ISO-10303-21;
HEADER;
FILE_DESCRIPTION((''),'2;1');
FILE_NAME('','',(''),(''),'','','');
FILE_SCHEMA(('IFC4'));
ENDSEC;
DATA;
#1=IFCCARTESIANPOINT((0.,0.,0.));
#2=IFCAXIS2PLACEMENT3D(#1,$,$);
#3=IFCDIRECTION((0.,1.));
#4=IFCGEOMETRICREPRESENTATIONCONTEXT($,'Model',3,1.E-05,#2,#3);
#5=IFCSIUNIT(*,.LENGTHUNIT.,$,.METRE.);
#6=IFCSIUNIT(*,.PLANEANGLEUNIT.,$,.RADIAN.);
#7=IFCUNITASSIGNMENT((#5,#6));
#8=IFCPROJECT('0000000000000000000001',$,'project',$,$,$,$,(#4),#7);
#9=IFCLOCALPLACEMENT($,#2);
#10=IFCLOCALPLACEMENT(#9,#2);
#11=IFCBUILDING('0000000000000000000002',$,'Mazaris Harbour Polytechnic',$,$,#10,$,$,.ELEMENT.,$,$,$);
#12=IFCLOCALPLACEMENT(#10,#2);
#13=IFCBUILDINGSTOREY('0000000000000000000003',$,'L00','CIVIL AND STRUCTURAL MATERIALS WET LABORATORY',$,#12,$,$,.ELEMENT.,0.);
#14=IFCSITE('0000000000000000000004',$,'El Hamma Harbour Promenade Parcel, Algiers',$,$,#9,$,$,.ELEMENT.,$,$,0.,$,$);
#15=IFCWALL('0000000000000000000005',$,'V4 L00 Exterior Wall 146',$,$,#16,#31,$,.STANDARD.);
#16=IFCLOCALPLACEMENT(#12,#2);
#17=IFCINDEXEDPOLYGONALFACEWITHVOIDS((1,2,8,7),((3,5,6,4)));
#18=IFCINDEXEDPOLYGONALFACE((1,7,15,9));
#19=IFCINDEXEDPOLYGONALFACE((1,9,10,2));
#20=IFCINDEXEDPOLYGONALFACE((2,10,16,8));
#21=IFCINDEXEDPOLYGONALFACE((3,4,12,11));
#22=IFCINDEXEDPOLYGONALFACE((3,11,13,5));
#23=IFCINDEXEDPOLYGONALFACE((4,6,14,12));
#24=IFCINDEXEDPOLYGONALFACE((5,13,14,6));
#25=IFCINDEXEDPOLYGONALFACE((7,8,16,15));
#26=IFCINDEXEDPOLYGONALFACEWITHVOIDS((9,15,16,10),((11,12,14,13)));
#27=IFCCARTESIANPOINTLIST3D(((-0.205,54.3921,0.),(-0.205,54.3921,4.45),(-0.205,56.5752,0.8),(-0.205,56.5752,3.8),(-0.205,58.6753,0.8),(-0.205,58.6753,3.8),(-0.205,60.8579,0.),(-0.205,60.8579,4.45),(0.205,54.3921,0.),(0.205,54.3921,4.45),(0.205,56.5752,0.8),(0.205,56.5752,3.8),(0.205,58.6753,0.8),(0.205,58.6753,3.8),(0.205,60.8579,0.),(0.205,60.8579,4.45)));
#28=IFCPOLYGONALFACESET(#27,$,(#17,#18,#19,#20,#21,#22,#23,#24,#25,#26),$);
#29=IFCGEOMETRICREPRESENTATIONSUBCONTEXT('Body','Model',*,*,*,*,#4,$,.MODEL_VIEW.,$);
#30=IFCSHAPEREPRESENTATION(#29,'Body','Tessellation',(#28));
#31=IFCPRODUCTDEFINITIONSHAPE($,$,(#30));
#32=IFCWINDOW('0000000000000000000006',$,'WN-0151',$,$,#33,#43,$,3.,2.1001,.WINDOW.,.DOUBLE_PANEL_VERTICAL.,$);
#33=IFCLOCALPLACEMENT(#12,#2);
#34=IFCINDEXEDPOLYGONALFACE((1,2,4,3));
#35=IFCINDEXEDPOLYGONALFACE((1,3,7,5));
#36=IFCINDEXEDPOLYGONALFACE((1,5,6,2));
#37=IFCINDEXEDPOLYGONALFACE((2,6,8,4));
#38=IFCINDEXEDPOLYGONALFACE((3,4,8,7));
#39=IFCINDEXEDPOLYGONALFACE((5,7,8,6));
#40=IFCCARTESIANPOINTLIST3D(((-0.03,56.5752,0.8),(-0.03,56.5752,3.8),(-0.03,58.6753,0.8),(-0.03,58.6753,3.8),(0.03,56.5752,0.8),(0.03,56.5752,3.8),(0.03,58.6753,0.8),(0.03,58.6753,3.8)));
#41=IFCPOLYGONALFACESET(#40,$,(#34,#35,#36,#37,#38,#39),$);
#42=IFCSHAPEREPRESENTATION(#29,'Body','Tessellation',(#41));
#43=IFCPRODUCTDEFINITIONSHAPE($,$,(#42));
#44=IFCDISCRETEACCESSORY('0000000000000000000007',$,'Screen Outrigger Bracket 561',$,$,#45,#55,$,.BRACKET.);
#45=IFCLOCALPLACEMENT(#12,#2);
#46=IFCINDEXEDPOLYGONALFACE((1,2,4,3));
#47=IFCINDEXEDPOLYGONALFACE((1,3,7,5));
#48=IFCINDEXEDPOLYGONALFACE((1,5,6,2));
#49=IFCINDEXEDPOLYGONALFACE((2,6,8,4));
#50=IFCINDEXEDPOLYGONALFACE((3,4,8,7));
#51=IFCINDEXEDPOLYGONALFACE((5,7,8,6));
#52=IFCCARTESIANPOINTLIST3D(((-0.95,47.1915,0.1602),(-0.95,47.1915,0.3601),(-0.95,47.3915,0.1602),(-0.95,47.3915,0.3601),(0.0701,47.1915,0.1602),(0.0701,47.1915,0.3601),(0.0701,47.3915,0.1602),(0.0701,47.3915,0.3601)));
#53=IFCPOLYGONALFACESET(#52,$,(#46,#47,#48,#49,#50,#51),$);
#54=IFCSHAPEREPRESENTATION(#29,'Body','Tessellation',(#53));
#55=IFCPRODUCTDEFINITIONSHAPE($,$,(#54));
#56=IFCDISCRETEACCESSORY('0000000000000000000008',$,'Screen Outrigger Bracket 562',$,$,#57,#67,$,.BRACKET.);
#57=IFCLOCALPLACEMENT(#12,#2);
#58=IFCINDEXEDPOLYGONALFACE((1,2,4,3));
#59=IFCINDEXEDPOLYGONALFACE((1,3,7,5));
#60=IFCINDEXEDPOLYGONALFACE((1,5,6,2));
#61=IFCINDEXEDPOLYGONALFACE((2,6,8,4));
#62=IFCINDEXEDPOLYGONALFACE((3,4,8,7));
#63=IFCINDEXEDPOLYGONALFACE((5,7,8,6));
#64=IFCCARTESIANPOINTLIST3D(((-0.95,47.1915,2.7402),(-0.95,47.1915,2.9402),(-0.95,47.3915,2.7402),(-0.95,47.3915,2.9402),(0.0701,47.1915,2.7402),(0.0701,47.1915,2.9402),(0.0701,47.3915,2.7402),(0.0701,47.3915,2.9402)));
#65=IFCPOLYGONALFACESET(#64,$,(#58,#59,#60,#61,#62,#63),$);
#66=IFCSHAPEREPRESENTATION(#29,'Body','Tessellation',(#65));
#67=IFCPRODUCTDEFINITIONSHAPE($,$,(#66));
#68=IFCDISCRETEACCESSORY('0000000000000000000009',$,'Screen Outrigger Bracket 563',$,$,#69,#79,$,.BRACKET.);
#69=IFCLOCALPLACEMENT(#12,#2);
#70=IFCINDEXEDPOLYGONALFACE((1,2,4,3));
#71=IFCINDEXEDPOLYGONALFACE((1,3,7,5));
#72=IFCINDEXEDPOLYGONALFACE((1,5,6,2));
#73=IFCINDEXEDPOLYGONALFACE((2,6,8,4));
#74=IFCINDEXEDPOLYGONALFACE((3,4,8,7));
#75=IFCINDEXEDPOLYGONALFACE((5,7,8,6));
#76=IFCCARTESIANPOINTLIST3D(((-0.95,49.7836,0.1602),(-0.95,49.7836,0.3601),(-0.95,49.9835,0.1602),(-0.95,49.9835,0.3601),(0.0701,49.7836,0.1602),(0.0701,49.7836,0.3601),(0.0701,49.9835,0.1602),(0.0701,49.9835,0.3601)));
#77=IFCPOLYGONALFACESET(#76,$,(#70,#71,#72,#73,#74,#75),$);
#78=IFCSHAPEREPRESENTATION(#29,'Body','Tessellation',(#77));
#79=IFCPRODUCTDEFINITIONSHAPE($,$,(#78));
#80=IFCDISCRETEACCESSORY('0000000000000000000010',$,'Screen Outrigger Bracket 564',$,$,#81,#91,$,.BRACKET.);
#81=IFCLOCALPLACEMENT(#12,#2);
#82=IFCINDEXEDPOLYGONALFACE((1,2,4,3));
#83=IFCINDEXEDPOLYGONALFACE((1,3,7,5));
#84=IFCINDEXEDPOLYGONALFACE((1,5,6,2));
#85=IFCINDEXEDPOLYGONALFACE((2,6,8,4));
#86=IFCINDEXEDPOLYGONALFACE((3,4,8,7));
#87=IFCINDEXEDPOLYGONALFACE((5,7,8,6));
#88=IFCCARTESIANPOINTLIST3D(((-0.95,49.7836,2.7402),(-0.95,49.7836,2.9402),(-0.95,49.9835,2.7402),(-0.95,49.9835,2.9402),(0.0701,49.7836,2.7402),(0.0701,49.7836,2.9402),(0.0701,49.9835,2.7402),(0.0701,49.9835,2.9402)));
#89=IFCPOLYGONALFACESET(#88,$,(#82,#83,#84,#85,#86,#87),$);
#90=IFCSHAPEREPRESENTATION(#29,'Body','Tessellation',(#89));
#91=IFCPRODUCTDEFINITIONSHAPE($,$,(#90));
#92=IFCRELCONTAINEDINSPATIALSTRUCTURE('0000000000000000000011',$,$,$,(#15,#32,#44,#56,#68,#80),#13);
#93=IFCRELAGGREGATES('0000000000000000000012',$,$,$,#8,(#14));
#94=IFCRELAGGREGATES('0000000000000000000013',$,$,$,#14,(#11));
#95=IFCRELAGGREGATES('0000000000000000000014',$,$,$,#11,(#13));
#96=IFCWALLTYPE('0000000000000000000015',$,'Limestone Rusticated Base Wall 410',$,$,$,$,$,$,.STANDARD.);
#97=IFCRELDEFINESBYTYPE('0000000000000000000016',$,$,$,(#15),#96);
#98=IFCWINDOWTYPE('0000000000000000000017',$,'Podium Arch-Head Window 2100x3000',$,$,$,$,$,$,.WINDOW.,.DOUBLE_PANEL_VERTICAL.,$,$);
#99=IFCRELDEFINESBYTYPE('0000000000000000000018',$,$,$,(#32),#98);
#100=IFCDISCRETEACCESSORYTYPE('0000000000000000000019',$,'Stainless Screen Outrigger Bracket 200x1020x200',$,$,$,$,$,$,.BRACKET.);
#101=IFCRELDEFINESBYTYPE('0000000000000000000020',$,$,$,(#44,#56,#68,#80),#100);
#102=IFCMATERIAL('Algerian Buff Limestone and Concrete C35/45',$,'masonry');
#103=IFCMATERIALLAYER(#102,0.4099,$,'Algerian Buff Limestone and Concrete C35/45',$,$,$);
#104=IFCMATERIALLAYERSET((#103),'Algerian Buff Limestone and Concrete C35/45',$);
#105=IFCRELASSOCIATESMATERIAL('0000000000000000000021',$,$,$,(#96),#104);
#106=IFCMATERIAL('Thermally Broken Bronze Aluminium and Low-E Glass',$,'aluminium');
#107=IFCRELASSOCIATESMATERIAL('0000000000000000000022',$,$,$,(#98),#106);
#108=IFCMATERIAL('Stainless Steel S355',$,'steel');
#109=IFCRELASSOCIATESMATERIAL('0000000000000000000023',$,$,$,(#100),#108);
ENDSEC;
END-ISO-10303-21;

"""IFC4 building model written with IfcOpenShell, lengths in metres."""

from ifc_helpers import new_model, si_unit, direction, frame, frame_2d, origin, origin_2d, place, context, subcontext, project, spatial, rectangle, extrude, material, layer, layer_set, type_object, element, fill, save


model = new_model("IFC4")

# Units and contexts
model_context = context("Model", 3, precision=1e-05, world=origin(), true_north=direction((0.0, 1.0)))
body_context = subcontext(model_context, "Body", "Model", "MODEL_VIEW")
ifc_project = project(units=[si_unit("LENGTHUNIT", "METRE"), si_unit("PLANEANGLEUNIT", "RADIAN")], contexts=[model_context])

# Site, building, storey
site_placement = place(None, origin())
site = spatial("IfcSite", under=ifc_project, at=site_placement, Name="El Hamma Harbour Promenade Parcel, Algiers", CompositionType="ELEMENT", RefElevation=0.0)
building_placement = place(site_placement, origin())
building = spatial("IfcBuilding", under=site, at=building_placement, Name="Mazaris Harbour Polytechnic", CompositionType="ELEMENT")
storey_placement = place(building_placement, origin())
storey = spatial("IfcBuildingStorey", under=building, at=storey_placement, Name="L00", Description="CIVIL AND STRUCTURAL MATERIALS WET LABORATORY", CompositionType="ELEMENT", Elevation=0.0)

# Wall, opening, window
ifc_material_1 = material(Name="Algerian Buff Limestone and Concrete C35/45", Category="masonry")
ifc_layer_1 = layer(ifc_material_1, 0.4099, Name="Algerian Buff Limestone and Concrete C35/45")
ifc_layer_set_1 = layer_set([ifc_layer_1], Name="Algerian Buff Limestone and Concrete C35/45")
wall_type_1 = type_object("IfcWallType", Name="Limestone Rusticated Base Wall 410", PredefinedType="STANDARD", material=ifc_layer_set_1)
wall_1_placement = place(storey_placement, frame((0.0, 54.3921, 0.0), z_axis=(0.0, 0.0, 1.0), x_axis=(0.0, 1.0, 0.0)))
wall_1 = element("IfcWall", 1, at=wall_1_placement, inside=storey, type_object=wall_type_1, Name="V4 L00 Exterior Wall 146", PredefinedType="STANDARD", context=body_context, shape_type="SweptSolid", body=[
    extrude(rectangle(XDim=6.4658, YDim=0.4099, at=frame_2d((3.2329, 0.0))), origin(), (0.0, 0.0, 1.0), 4.45),
])
opening_1_placement = place(wall_1_placement, frame((2.1831, 0.0, 0.8)))
opening_1 = element("IfcOpeningElement", 2, at=opening_1_placement, cuts=wall_1, PredefinedType="OPENING", context=body_context, shape_type="SweptSolid", body=[
    extrude(rectangle(XDim=2.1001, YDim=3.0, at=frame_2d((1.05, 1.5))), frame((0.0, 0.2148, 0.0), z_axis=(0.0, -1.0, 0.0), x_axis=(1.0, 0.0, 0.0)), (0.0, 0.0, 1.0), 0.4299),
])
ifc_material_2 = material(Name="Thermally Broken Bronze Aluminium and Low-E Glass", Category="aluminium")
window_type = type_object("IfcWindowType", Name="Podium Arch-Head Window 2100x3000", PartitioningType="DOUBLE_PANEL_VERTICAL", PredefinedType="WINDOW", material=ifc_material_2)
window_placement = place(opening_1_placement, origin())
window = element("IfcWindow", 3, at=window_placement, inside=storey, type_object=window_type, Name="WN-0151", OverallHeight=3.0, OverallWidth=2.1001, PartitioningType="DOUBLE_PANEL_VERTICAL", PredefinedType="WINDOW", context=body_context, shape_type="SweptSolid", body=[
    extrude(rectangle(XDim=2.1001, YDim=3.0, at=frame_2d((1.05, 1.5))), frame((0.0, 0.03, 0.0), z_axis=(0.0, -1.0, 0.0), x_axis=(1.0, 0.0, 0.0)), (0.0, 0.0, 1.0), 0.0601),
])
fill(opening_1, window)

# Discrete accessories
ifc_material_3 = material(Name="Stainless Steel S355", Category="steel")
discrete_accessory_type = type_object("IfcDiscreteAccessoryType", Name="Stainless Screen Outrigger Bracket 200x1020x200", PredefinedType="BRACKET", material=ifc_material_3)
for number, where, z_axis, x_axis, name in (
    (4, (-0.4399, 47.2915, 0.1602), (0.0, 0.0, 1.0), (0.0, 1.0, 0.0), "Screen Outrigger Bracket 561"),
    (5, (-0.4399, 47.2915, 2.7402), (0.0, 0.0, 1.0), (0.0, 1.0, 0.0), "Screen Outrigger Bracket 562"),
    (6, (-0.4399, 49.8835, 0.1602), (0.0, 0.0, 1.0), (0.0, 1.0, 0.0), "Screen Outrigger Bracket 563"),
    (7, (-0.4399, 49.8835, 2.7402), (0.0, 0.0, 1.0), (0.0, 1.0, 0.0), "Screen Outrigger Bracket 564"),
):
    element("IfcDiscreteAccessory", number, at=place(storey_placement, frame(where, z_axis=z_axis, x_axis=x_axis)), inside=storey, type_object=discrete_accessory_type, Name=name, PredefinedType="BRACKET", context=body_context, shape_type="SweptSolid", body=[
        extrude(rectangle(XDim=0.2, YDim=1.02, at=origin_2d()), origin(), (0.0, 0.0, 1.0), 0.2),
    ])

save(model, "model.ifc")
